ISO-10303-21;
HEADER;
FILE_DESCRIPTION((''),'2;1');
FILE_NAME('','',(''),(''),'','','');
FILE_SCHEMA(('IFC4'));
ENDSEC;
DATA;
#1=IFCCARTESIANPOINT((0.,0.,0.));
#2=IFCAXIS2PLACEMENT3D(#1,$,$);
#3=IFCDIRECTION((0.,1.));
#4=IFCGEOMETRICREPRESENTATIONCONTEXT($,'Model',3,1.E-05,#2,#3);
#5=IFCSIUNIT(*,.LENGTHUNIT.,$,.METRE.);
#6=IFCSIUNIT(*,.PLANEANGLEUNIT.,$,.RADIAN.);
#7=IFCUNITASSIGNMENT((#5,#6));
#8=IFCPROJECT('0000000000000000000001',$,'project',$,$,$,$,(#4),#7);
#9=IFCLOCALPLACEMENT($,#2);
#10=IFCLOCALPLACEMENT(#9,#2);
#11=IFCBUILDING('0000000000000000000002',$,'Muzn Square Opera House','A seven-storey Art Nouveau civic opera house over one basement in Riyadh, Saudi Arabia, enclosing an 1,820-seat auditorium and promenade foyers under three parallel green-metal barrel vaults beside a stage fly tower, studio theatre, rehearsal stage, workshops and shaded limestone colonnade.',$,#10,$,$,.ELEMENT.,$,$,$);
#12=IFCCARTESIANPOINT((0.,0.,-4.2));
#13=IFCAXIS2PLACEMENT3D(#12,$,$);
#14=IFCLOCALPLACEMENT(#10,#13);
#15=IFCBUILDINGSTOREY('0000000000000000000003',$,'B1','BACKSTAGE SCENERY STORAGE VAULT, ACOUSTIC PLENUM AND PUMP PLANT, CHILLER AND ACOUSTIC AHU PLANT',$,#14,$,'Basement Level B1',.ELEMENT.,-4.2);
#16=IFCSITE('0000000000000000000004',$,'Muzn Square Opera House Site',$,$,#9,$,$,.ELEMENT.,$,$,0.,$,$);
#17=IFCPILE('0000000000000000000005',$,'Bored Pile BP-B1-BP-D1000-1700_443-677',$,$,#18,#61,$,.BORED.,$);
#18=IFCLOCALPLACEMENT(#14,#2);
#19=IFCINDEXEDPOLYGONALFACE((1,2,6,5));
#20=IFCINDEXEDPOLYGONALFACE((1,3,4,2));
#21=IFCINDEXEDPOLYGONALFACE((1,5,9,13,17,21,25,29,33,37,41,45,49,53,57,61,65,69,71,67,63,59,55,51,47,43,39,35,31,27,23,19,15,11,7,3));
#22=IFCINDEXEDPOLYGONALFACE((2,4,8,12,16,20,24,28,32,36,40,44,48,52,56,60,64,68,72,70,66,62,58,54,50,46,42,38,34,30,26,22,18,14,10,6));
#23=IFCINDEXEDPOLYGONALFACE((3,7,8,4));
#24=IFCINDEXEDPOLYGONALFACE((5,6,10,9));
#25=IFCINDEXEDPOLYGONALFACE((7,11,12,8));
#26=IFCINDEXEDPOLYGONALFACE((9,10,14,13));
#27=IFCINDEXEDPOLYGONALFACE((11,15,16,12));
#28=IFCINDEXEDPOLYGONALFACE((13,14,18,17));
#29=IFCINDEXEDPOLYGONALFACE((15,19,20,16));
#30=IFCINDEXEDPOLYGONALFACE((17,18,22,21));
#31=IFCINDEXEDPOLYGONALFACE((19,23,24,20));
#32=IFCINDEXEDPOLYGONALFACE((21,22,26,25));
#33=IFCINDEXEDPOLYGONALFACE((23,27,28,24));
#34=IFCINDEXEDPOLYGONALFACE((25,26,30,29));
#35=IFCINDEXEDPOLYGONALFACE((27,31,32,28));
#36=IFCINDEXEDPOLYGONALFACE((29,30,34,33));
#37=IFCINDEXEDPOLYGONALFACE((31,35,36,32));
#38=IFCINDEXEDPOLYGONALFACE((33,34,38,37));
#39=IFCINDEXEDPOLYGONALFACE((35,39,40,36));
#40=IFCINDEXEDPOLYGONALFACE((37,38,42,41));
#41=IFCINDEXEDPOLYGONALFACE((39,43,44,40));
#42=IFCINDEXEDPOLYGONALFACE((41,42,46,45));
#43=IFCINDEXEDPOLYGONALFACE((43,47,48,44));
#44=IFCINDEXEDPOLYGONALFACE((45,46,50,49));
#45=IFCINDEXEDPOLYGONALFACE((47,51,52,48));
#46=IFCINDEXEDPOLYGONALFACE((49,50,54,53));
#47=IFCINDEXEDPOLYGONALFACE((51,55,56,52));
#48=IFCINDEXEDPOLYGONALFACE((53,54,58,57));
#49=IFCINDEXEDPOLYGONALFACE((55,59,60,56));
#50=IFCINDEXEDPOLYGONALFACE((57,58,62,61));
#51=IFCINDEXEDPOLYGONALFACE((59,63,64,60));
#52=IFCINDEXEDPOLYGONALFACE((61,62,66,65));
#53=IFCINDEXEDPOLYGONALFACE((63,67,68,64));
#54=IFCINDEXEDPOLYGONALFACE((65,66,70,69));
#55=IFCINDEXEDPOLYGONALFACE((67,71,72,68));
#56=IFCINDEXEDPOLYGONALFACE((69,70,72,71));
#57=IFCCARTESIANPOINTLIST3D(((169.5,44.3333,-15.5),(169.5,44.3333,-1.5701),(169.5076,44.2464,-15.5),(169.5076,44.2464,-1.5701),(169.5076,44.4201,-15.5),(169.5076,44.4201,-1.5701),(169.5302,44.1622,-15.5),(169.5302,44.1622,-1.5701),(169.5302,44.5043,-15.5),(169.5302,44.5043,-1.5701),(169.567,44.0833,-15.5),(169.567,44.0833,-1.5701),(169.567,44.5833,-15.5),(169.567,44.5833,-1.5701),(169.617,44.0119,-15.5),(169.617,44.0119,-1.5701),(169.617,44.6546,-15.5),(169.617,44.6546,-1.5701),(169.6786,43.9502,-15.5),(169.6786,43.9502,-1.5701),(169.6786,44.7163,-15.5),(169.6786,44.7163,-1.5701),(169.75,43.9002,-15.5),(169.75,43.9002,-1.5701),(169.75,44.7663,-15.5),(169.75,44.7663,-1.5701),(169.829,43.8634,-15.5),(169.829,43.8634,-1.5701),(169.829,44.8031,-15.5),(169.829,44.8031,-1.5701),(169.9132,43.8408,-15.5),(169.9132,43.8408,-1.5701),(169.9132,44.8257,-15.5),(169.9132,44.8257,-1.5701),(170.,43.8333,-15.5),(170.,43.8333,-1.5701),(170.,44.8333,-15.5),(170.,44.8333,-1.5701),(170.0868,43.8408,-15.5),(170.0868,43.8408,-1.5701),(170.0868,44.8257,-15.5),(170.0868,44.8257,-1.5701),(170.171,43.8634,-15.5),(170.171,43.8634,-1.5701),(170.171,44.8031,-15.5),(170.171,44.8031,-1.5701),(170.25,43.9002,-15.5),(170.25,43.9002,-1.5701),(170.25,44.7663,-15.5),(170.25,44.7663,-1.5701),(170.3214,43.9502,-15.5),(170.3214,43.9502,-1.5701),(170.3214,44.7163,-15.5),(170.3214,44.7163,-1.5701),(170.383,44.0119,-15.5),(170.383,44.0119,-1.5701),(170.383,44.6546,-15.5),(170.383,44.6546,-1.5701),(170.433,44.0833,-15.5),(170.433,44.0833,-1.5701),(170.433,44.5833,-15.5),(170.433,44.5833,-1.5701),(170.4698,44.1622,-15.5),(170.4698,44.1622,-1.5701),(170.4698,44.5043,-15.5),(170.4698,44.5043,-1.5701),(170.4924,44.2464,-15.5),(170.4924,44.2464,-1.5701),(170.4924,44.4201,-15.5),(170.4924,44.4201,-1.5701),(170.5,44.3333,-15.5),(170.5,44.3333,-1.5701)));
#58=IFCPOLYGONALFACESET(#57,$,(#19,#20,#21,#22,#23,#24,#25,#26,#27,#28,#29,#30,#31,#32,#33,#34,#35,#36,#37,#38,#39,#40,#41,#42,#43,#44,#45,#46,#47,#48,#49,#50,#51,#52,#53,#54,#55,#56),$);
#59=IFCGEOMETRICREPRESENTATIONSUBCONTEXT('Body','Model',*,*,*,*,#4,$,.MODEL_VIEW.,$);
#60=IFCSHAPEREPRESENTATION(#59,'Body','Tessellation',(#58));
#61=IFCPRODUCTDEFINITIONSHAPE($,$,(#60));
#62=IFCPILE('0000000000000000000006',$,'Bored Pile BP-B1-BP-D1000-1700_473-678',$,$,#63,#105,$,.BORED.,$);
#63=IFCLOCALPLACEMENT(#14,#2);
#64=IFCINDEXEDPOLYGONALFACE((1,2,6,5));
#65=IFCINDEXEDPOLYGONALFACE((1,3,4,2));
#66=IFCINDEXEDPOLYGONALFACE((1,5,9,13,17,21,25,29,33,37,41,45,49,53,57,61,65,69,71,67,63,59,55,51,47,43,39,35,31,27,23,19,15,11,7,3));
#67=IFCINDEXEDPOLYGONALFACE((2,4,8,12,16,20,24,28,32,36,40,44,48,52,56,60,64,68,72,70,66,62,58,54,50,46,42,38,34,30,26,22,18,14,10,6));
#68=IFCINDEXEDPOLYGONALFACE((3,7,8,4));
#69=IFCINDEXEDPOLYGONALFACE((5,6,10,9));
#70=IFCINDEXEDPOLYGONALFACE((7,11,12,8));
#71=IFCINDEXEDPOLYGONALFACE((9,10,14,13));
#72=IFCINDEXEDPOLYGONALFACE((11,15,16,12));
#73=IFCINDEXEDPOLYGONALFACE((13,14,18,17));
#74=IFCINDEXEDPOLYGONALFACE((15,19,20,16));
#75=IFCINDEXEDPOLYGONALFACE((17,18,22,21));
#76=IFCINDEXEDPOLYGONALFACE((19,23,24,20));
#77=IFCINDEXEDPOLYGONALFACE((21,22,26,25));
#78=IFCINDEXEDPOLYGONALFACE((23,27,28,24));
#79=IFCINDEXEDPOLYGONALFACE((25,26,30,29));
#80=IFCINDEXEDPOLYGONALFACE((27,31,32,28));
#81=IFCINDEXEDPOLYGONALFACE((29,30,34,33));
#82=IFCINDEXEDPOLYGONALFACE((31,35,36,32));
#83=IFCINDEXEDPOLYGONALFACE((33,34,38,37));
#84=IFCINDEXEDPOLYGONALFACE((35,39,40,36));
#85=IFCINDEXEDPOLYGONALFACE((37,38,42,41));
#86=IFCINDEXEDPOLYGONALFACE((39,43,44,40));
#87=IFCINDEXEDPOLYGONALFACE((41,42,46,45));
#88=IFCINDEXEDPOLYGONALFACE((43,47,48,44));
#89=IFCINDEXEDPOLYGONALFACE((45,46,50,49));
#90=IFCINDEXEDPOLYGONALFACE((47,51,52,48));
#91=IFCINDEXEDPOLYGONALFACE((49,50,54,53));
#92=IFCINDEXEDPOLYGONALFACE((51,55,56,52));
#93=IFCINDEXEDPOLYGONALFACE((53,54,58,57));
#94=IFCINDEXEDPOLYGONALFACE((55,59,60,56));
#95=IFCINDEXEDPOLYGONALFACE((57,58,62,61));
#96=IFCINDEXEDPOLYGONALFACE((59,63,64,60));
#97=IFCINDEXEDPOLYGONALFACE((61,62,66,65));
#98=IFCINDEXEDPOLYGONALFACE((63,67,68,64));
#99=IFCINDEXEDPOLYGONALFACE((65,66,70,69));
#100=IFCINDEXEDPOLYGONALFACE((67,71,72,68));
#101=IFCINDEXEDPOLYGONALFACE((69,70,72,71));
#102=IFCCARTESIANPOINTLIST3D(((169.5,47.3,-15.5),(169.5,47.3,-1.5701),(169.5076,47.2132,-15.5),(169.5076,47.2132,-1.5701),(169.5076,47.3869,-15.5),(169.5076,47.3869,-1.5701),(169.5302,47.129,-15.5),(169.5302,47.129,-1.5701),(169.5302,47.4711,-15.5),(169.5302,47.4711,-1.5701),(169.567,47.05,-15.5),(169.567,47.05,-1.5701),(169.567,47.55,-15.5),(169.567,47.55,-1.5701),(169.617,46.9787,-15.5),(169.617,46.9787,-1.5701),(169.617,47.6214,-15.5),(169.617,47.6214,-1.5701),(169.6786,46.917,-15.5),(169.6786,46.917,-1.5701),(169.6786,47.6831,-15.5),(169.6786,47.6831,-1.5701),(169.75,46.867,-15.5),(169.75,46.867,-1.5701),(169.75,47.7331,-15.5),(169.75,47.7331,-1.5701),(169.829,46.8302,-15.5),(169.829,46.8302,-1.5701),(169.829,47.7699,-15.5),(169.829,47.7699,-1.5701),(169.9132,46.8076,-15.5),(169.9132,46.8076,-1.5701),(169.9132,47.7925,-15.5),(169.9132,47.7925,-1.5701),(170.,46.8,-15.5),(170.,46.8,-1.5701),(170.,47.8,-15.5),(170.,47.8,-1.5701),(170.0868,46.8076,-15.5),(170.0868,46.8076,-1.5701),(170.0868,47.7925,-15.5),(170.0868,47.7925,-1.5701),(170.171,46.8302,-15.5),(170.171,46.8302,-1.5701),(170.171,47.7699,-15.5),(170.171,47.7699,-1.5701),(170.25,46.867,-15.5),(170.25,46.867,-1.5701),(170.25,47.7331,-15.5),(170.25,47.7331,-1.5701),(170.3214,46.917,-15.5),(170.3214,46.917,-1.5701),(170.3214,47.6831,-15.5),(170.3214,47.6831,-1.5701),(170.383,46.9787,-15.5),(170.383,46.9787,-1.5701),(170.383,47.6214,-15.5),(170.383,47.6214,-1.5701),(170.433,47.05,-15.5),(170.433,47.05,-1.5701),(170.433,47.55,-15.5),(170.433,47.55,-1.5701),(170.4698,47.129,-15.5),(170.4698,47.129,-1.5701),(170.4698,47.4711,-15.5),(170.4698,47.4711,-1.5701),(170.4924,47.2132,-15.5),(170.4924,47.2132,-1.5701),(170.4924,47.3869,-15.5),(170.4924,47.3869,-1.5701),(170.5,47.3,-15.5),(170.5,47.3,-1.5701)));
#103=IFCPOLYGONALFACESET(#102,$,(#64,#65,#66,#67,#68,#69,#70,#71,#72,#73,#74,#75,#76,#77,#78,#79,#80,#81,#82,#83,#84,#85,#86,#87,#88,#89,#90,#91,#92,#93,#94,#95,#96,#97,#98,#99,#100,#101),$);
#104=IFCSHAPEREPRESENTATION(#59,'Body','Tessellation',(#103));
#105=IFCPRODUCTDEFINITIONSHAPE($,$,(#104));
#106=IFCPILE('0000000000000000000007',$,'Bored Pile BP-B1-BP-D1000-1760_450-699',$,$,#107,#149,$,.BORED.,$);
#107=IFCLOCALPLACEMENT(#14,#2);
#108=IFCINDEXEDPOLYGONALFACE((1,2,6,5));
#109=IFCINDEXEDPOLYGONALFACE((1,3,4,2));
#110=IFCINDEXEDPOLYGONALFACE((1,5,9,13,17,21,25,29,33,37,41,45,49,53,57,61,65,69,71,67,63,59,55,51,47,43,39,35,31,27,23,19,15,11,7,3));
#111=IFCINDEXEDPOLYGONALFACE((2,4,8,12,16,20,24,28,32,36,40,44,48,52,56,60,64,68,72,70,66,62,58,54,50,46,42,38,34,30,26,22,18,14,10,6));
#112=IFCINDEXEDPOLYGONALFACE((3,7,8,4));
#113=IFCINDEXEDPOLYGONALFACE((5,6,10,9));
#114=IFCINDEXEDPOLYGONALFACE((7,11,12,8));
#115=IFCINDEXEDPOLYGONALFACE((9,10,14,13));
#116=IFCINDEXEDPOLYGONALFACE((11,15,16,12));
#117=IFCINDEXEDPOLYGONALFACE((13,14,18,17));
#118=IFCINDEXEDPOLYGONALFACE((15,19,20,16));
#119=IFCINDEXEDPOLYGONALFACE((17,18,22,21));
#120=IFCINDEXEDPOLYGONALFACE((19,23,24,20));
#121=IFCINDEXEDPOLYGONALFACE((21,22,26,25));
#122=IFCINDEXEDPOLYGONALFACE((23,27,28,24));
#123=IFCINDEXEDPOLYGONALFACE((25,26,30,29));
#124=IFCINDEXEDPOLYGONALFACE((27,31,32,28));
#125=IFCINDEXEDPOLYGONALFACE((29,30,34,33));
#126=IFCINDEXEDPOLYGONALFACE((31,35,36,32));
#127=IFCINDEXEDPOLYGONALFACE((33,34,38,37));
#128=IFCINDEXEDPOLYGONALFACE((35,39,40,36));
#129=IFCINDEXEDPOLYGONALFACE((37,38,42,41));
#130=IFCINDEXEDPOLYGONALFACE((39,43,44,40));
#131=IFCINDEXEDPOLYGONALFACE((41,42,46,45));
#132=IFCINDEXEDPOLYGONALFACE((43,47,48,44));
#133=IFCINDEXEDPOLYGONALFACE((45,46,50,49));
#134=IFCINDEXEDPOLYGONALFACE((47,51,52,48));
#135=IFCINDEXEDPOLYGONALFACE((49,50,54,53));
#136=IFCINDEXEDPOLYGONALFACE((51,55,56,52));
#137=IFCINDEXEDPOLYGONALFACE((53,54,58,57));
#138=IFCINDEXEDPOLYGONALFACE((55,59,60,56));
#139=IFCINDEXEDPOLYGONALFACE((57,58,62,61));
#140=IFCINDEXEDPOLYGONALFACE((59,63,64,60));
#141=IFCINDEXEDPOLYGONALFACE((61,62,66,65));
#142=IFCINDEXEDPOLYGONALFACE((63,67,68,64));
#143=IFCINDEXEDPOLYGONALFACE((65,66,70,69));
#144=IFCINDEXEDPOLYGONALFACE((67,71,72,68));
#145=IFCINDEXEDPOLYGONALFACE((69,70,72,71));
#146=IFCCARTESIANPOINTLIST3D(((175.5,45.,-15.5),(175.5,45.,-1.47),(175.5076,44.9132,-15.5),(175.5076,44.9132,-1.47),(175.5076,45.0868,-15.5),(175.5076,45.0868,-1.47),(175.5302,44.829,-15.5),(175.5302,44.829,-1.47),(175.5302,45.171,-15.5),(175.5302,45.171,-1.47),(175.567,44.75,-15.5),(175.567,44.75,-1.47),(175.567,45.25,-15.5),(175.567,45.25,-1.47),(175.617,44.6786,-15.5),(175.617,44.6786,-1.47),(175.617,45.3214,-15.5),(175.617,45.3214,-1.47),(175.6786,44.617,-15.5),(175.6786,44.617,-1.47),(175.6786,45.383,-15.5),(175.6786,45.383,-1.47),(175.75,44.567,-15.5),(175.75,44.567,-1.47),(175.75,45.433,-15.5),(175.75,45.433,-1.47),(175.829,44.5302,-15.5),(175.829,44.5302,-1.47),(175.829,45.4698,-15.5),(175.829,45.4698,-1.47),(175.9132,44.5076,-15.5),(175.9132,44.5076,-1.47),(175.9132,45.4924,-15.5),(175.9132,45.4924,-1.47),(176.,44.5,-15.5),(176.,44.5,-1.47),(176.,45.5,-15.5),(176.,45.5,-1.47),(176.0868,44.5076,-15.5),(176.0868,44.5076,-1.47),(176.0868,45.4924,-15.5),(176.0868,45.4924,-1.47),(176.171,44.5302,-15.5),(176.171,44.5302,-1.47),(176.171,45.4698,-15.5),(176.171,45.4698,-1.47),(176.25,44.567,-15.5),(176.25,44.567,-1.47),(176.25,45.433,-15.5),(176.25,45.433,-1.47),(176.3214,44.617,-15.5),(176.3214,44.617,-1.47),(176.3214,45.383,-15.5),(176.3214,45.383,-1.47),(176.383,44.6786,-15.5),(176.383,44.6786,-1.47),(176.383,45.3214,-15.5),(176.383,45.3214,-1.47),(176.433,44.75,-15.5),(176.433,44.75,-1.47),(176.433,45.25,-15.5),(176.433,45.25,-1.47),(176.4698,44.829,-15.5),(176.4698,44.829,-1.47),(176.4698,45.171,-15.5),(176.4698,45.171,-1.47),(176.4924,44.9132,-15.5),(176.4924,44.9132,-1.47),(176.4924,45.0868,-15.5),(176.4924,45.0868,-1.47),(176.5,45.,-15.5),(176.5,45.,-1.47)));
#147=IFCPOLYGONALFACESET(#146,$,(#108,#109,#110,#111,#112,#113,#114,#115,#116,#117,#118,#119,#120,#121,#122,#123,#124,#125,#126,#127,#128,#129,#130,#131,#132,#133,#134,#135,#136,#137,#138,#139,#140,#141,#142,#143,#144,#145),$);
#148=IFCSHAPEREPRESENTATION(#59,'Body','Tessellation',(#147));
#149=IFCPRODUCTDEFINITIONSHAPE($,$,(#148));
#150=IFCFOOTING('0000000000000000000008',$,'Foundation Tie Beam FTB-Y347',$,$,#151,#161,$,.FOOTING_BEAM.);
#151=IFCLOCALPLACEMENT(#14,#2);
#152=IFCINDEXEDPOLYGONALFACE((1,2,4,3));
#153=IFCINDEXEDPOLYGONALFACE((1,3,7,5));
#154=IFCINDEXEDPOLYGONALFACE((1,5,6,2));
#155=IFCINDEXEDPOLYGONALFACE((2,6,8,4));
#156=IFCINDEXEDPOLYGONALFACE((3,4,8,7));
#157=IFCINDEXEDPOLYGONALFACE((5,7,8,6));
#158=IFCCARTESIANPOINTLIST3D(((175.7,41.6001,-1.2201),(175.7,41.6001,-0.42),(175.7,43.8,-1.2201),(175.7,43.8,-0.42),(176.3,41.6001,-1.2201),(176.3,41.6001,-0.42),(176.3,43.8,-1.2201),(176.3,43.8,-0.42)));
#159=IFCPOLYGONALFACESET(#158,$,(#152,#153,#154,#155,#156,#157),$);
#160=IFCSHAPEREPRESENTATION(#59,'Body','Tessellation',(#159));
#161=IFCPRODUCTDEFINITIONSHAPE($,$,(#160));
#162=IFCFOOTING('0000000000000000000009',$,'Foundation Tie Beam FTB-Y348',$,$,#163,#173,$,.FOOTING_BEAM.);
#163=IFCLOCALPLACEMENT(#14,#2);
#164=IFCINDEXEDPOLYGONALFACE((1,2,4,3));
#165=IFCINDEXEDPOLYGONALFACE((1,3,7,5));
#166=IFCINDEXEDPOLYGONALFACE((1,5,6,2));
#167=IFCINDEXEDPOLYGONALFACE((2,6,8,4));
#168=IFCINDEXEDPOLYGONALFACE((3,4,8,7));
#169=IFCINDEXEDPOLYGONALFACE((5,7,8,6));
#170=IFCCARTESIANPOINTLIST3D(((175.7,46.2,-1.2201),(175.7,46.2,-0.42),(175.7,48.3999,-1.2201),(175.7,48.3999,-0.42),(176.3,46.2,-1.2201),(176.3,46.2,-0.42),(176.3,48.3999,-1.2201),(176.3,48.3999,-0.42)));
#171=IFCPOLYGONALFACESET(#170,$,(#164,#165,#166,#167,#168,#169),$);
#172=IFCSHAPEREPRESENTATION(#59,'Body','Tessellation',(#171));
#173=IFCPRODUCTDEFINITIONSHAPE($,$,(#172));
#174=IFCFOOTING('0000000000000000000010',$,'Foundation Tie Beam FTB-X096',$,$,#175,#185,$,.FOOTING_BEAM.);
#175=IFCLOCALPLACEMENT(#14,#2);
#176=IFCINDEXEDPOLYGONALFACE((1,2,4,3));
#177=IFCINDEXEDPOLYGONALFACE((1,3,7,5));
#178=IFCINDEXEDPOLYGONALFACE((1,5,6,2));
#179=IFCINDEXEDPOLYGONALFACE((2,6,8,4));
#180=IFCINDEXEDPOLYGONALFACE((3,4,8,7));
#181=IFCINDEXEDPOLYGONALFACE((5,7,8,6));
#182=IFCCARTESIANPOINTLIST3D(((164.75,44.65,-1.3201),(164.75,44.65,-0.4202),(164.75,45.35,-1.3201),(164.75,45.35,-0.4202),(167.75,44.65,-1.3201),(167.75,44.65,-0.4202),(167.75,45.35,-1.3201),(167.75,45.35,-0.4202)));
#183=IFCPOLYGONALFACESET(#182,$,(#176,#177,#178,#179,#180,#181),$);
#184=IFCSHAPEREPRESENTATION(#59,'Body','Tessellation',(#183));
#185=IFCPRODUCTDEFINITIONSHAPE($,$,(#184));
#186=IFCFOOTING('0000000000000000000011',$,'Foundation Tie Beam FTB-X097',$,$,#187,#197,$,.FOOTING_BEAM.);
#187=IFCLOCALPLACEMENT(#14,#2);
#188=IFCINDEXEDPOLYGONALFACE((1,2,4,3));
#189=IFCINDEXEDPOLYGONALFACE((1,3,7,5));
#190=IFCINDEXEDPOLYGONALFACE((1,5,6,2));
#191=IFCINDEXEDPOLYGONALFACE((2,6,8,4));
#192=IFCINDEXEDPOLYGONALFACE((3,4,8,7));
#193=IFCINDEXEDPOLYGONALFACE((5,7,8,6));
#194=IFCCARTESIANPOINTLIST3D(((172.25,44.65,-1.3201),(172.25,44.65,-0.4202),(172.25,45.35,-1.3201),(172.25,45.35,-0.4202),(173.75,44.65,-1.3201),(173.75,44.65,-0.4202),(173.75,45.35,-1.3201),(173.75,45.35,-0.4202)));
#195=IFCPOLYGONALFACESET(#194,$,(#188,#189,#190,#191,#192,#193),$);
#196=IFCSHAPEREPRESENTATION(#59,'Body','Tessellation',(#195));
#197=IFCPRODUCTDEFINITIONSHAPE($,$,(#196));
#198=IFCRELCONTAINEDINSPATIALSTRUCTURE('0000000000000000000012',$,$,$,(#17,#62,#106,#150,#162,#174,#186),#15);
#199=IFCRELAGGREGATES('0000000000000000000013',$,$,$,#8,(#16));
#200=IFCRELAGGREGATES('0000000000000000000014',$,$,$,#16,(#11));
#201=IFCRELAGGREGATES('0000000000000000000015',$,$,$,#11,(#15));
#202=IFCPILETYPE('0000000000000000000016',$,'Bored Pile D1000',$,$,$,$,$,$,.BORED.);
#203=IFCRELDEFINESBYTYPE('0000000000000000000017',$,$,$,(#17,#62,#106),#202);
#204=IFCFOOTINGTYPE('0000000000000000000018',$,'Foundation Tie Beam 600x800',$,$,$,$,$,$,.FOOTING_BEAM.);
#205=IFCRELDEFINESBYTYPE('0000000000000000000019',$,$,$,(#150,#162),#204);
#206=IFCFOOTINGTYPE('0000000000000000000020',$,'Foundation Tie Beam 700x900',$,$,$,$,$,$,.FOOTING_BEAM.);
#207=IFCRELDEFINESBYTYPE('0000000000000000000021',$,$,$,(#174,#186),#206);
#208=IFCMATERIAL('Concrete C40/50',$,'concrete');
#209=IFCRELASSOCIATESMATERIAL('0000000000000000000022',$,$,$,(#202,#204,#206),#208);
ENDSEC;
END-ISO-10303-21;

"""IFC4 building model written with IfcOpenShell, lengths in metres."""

from ifc_helpers import new_model, si_unit, direction, frame, origin, origin_2d, place, context, subcontext, project, spatial, rectangle, circle, extrude, material, material_profile, profile_set, type_object, element, save


model = new_model("IFC4")

# Units and contexts
model_context = context("Model", 3, precision=1e-05, world=origin(), true_north=direction((0.0, 1.0)))
body_context = subcontext(model_context, "Body", "Model", "MODEL_VIEW")
ifc_project = project(units=[si_unit("LENGTHUNIT", "METRE"), si_unit("PLANEANGLEUNIT", "RADIAN")], contexts=[model_context])

# Site, building, storey
site_placement = place(None, origin())
site = spatial("IfcSite", under=ifc_project, at=site_placement, Name="Muzn Square Opera House Site", CompositionType="ELEMENT", RefElevation=0.0)
building_placement = place(site_placement, origin())
building = spatial("IfcBuilding", under=site, at=building_placement, Name="Muzn Square Opera House", Description="A seven-storey Art Nouveau civic opera house over one basement in Riyadh, Saudi Arabia, enclosing an 1,820-seat auditorium and promenade foyers under three parallel green-metal barrel vaults beside a stage fly tower, studio theatre, rehearsal stage, workshops and shaded limestone colonnade.", CompositionType="ELEMENT")
storey_placement = place(building_placement, frame((0.0, 0.0, -4.2)))
storey = spatial("IfcBuildingStorey", under=building, at=storey_placement, Name="B1", Description="BACKSTAGE SCENERY STORAGE VAULT, ACOUSTIC PLENUM AND PUMP PLANT, CHILLER AND ACOUSTIC AHU PLANT", LongName="Basement Level B1", CompositionType="ELEMENT", Elevation=-4.2)

# Piles
ifc_material_1 = material(Name="Concrete C40/50", Category="concrete")
ifc_material_profile_1 = material_profile(ifc_material_1, circle(Radius=0.5, at=origin_2d()), Name="BORED PILE D1000", Category="concrete")
ifc_profile_set_1 = profile_set([ifc_material_profile_1], Name="Concrete C40/50")
pile_type = type_object("IfcPileType", Name="Bored Pile D1000", PredefinedType="BORED", material=ifc_profile_set_1)
for number, where, z_axis, x_axis, name in (
    (1, (170.0, 44.3333, -1.5701), (0.0, 0.0, -1.0), (1.0, 0.0, 0.0), "Bored Pile BP-B1-BP-D1000-1700_443-677"),
    (2, (170.0, 47.3, -1.5701), (0.0, 0.0, -1.0), (1.0, 0.0, 0.0), "Bored Pile BP-B1-BP-D1000-1700_473-678"),
):
    element("IfcPile", number, at=place(storey_placement, frame(where, z_axis=z_axis, x_axis=x_axis)), inside=storey, type_object=pile_type, Name=name, PredefinedType="BORED", context=body_context, shape_type="SweptSolid", body=[
        extrude(circle(Radius=0.5, at=origin_2d()), origin(), (0.0, 0.0, 1.0), 13.9299),
    ])
pile_placement = place(storey_placement, frame((176.0, 45.0, -1.47), z_axis=(0.0, 0.0, -1.0), x_axis=(1.0, 0.0, 0.0)))
element("IfcPile", 3, at=pile_placement, inside=storey, type_object=pile_type, Name="Bored Pile BP-B1-BP-D1000-1760_450-699", PredefinedType="BORED", context=body_context, shape_type="SweptSolid", body=[
    extrude(circle(Radius=0.5, at=origin_2d()), origin(), (0.0, 0.0, 1.0), 14.03),
])

# Footings
ifc_material_profile_2 = material_profile(ifc_material_1, rectangle(XDim=0.6001, YDim=0.8, at=origin_2d()), Name="RCTB 600x800", Category="concrete")
ifc_profile_set_2 = profile_set([ifc_material_profile_2], Name="Concrete C40/50")
footing_type_1 = type_object("IfcFootingType", Name="Foundation Tie Beam 600x800", PredefinedType="FOOTING_BEAM", material=ifc_profile_set_2)
for number, where, z_axis, x_axis, name in (
    (4, (176.0, 41.6001, -0.8201), (0.0, 1.0, 0.0), (-1.0, 0.0, 0.0), "Foundation Tie Beam FTB-Y347"),
    (5, (176.0, 46.2, -0.8201), (0.0, 1.0, 0.0), (-1.0, 0.0, 0.0), "Foundation Tie Beam FTB-Y348"),
):
    element("IfcFooting", number, at=place(storey_placement, frame(where, z_axis=z_axis, x_axis=x_axis)), inside=storey, type_object=footing_type_1, Name=name, PredefinedType="FOOTING_BEAM", context=body_context, shape_type="SweptSolid", body=[
        extrude(rectangle(XDim=0.6001, YDim=0.8, at=origin_2d()), origin(), (0.0, 0.0, 1.0), 2.2),
    ])
ifc_material_profile_3 = material_profile(ifc_material_1, rectangle(XDim=0.7, YDim=0.8999, at=origin_2d()), Name="RCTB 700x900", Category="concrete")
ifc_profile_set_3 = profile_set([ifc_material_profile_3], Name="Concrete C40/50")
footing_type_2 = type_object("IfcFootingType", Name="Foundation Tie Beam 700x900", PredefinedType="FOOTING_BEAM", material=ifc_profile_set_3)
footing_1_placement = place(storey_placement, frame((164.75, 45.0, -0.8701), z_axis=(1.0, 0.0, 0.0), x_axis=(0.0, 1.0, 0.0)))
element("IfcFooting", 6, at=footing_1_placement, inside=storey, type_object=footing_type_2, Name="Foundation Tie Beam FTB-X096", PredefinedType="FOOTING_BEAM", context=body_context, shape_type="SweptSolid", body=[
    extrude(rectangle(XDim=0.7, YDim=0.8999, at=origin_2d()), origin(), (0.0, 0.0, 1.0), 3.0),
])
footing_2_placement = place(storey_placement, frame((172.25, 45.0, -0.8701), z_axis=(1.0, 0.0, 0.0), x_axis=(0.0, 1.0, 0.0)))
element("IfcFooting", 7, at=footing_2_placement, inside=storey, type_object=footing_type_2, Name="Foundation Tie Beam FTB-X097", PredefinedType="FOOTING_BEAM", context=body_context, shape_type="SweptSolid", body=[
    extrude(rectangle(XDim=0.7, YDim=0.8999, at=origin_2d()), origin(), (0.0, 0.0, 1.0), 1.5),
])

save(model, "model.ifc")
